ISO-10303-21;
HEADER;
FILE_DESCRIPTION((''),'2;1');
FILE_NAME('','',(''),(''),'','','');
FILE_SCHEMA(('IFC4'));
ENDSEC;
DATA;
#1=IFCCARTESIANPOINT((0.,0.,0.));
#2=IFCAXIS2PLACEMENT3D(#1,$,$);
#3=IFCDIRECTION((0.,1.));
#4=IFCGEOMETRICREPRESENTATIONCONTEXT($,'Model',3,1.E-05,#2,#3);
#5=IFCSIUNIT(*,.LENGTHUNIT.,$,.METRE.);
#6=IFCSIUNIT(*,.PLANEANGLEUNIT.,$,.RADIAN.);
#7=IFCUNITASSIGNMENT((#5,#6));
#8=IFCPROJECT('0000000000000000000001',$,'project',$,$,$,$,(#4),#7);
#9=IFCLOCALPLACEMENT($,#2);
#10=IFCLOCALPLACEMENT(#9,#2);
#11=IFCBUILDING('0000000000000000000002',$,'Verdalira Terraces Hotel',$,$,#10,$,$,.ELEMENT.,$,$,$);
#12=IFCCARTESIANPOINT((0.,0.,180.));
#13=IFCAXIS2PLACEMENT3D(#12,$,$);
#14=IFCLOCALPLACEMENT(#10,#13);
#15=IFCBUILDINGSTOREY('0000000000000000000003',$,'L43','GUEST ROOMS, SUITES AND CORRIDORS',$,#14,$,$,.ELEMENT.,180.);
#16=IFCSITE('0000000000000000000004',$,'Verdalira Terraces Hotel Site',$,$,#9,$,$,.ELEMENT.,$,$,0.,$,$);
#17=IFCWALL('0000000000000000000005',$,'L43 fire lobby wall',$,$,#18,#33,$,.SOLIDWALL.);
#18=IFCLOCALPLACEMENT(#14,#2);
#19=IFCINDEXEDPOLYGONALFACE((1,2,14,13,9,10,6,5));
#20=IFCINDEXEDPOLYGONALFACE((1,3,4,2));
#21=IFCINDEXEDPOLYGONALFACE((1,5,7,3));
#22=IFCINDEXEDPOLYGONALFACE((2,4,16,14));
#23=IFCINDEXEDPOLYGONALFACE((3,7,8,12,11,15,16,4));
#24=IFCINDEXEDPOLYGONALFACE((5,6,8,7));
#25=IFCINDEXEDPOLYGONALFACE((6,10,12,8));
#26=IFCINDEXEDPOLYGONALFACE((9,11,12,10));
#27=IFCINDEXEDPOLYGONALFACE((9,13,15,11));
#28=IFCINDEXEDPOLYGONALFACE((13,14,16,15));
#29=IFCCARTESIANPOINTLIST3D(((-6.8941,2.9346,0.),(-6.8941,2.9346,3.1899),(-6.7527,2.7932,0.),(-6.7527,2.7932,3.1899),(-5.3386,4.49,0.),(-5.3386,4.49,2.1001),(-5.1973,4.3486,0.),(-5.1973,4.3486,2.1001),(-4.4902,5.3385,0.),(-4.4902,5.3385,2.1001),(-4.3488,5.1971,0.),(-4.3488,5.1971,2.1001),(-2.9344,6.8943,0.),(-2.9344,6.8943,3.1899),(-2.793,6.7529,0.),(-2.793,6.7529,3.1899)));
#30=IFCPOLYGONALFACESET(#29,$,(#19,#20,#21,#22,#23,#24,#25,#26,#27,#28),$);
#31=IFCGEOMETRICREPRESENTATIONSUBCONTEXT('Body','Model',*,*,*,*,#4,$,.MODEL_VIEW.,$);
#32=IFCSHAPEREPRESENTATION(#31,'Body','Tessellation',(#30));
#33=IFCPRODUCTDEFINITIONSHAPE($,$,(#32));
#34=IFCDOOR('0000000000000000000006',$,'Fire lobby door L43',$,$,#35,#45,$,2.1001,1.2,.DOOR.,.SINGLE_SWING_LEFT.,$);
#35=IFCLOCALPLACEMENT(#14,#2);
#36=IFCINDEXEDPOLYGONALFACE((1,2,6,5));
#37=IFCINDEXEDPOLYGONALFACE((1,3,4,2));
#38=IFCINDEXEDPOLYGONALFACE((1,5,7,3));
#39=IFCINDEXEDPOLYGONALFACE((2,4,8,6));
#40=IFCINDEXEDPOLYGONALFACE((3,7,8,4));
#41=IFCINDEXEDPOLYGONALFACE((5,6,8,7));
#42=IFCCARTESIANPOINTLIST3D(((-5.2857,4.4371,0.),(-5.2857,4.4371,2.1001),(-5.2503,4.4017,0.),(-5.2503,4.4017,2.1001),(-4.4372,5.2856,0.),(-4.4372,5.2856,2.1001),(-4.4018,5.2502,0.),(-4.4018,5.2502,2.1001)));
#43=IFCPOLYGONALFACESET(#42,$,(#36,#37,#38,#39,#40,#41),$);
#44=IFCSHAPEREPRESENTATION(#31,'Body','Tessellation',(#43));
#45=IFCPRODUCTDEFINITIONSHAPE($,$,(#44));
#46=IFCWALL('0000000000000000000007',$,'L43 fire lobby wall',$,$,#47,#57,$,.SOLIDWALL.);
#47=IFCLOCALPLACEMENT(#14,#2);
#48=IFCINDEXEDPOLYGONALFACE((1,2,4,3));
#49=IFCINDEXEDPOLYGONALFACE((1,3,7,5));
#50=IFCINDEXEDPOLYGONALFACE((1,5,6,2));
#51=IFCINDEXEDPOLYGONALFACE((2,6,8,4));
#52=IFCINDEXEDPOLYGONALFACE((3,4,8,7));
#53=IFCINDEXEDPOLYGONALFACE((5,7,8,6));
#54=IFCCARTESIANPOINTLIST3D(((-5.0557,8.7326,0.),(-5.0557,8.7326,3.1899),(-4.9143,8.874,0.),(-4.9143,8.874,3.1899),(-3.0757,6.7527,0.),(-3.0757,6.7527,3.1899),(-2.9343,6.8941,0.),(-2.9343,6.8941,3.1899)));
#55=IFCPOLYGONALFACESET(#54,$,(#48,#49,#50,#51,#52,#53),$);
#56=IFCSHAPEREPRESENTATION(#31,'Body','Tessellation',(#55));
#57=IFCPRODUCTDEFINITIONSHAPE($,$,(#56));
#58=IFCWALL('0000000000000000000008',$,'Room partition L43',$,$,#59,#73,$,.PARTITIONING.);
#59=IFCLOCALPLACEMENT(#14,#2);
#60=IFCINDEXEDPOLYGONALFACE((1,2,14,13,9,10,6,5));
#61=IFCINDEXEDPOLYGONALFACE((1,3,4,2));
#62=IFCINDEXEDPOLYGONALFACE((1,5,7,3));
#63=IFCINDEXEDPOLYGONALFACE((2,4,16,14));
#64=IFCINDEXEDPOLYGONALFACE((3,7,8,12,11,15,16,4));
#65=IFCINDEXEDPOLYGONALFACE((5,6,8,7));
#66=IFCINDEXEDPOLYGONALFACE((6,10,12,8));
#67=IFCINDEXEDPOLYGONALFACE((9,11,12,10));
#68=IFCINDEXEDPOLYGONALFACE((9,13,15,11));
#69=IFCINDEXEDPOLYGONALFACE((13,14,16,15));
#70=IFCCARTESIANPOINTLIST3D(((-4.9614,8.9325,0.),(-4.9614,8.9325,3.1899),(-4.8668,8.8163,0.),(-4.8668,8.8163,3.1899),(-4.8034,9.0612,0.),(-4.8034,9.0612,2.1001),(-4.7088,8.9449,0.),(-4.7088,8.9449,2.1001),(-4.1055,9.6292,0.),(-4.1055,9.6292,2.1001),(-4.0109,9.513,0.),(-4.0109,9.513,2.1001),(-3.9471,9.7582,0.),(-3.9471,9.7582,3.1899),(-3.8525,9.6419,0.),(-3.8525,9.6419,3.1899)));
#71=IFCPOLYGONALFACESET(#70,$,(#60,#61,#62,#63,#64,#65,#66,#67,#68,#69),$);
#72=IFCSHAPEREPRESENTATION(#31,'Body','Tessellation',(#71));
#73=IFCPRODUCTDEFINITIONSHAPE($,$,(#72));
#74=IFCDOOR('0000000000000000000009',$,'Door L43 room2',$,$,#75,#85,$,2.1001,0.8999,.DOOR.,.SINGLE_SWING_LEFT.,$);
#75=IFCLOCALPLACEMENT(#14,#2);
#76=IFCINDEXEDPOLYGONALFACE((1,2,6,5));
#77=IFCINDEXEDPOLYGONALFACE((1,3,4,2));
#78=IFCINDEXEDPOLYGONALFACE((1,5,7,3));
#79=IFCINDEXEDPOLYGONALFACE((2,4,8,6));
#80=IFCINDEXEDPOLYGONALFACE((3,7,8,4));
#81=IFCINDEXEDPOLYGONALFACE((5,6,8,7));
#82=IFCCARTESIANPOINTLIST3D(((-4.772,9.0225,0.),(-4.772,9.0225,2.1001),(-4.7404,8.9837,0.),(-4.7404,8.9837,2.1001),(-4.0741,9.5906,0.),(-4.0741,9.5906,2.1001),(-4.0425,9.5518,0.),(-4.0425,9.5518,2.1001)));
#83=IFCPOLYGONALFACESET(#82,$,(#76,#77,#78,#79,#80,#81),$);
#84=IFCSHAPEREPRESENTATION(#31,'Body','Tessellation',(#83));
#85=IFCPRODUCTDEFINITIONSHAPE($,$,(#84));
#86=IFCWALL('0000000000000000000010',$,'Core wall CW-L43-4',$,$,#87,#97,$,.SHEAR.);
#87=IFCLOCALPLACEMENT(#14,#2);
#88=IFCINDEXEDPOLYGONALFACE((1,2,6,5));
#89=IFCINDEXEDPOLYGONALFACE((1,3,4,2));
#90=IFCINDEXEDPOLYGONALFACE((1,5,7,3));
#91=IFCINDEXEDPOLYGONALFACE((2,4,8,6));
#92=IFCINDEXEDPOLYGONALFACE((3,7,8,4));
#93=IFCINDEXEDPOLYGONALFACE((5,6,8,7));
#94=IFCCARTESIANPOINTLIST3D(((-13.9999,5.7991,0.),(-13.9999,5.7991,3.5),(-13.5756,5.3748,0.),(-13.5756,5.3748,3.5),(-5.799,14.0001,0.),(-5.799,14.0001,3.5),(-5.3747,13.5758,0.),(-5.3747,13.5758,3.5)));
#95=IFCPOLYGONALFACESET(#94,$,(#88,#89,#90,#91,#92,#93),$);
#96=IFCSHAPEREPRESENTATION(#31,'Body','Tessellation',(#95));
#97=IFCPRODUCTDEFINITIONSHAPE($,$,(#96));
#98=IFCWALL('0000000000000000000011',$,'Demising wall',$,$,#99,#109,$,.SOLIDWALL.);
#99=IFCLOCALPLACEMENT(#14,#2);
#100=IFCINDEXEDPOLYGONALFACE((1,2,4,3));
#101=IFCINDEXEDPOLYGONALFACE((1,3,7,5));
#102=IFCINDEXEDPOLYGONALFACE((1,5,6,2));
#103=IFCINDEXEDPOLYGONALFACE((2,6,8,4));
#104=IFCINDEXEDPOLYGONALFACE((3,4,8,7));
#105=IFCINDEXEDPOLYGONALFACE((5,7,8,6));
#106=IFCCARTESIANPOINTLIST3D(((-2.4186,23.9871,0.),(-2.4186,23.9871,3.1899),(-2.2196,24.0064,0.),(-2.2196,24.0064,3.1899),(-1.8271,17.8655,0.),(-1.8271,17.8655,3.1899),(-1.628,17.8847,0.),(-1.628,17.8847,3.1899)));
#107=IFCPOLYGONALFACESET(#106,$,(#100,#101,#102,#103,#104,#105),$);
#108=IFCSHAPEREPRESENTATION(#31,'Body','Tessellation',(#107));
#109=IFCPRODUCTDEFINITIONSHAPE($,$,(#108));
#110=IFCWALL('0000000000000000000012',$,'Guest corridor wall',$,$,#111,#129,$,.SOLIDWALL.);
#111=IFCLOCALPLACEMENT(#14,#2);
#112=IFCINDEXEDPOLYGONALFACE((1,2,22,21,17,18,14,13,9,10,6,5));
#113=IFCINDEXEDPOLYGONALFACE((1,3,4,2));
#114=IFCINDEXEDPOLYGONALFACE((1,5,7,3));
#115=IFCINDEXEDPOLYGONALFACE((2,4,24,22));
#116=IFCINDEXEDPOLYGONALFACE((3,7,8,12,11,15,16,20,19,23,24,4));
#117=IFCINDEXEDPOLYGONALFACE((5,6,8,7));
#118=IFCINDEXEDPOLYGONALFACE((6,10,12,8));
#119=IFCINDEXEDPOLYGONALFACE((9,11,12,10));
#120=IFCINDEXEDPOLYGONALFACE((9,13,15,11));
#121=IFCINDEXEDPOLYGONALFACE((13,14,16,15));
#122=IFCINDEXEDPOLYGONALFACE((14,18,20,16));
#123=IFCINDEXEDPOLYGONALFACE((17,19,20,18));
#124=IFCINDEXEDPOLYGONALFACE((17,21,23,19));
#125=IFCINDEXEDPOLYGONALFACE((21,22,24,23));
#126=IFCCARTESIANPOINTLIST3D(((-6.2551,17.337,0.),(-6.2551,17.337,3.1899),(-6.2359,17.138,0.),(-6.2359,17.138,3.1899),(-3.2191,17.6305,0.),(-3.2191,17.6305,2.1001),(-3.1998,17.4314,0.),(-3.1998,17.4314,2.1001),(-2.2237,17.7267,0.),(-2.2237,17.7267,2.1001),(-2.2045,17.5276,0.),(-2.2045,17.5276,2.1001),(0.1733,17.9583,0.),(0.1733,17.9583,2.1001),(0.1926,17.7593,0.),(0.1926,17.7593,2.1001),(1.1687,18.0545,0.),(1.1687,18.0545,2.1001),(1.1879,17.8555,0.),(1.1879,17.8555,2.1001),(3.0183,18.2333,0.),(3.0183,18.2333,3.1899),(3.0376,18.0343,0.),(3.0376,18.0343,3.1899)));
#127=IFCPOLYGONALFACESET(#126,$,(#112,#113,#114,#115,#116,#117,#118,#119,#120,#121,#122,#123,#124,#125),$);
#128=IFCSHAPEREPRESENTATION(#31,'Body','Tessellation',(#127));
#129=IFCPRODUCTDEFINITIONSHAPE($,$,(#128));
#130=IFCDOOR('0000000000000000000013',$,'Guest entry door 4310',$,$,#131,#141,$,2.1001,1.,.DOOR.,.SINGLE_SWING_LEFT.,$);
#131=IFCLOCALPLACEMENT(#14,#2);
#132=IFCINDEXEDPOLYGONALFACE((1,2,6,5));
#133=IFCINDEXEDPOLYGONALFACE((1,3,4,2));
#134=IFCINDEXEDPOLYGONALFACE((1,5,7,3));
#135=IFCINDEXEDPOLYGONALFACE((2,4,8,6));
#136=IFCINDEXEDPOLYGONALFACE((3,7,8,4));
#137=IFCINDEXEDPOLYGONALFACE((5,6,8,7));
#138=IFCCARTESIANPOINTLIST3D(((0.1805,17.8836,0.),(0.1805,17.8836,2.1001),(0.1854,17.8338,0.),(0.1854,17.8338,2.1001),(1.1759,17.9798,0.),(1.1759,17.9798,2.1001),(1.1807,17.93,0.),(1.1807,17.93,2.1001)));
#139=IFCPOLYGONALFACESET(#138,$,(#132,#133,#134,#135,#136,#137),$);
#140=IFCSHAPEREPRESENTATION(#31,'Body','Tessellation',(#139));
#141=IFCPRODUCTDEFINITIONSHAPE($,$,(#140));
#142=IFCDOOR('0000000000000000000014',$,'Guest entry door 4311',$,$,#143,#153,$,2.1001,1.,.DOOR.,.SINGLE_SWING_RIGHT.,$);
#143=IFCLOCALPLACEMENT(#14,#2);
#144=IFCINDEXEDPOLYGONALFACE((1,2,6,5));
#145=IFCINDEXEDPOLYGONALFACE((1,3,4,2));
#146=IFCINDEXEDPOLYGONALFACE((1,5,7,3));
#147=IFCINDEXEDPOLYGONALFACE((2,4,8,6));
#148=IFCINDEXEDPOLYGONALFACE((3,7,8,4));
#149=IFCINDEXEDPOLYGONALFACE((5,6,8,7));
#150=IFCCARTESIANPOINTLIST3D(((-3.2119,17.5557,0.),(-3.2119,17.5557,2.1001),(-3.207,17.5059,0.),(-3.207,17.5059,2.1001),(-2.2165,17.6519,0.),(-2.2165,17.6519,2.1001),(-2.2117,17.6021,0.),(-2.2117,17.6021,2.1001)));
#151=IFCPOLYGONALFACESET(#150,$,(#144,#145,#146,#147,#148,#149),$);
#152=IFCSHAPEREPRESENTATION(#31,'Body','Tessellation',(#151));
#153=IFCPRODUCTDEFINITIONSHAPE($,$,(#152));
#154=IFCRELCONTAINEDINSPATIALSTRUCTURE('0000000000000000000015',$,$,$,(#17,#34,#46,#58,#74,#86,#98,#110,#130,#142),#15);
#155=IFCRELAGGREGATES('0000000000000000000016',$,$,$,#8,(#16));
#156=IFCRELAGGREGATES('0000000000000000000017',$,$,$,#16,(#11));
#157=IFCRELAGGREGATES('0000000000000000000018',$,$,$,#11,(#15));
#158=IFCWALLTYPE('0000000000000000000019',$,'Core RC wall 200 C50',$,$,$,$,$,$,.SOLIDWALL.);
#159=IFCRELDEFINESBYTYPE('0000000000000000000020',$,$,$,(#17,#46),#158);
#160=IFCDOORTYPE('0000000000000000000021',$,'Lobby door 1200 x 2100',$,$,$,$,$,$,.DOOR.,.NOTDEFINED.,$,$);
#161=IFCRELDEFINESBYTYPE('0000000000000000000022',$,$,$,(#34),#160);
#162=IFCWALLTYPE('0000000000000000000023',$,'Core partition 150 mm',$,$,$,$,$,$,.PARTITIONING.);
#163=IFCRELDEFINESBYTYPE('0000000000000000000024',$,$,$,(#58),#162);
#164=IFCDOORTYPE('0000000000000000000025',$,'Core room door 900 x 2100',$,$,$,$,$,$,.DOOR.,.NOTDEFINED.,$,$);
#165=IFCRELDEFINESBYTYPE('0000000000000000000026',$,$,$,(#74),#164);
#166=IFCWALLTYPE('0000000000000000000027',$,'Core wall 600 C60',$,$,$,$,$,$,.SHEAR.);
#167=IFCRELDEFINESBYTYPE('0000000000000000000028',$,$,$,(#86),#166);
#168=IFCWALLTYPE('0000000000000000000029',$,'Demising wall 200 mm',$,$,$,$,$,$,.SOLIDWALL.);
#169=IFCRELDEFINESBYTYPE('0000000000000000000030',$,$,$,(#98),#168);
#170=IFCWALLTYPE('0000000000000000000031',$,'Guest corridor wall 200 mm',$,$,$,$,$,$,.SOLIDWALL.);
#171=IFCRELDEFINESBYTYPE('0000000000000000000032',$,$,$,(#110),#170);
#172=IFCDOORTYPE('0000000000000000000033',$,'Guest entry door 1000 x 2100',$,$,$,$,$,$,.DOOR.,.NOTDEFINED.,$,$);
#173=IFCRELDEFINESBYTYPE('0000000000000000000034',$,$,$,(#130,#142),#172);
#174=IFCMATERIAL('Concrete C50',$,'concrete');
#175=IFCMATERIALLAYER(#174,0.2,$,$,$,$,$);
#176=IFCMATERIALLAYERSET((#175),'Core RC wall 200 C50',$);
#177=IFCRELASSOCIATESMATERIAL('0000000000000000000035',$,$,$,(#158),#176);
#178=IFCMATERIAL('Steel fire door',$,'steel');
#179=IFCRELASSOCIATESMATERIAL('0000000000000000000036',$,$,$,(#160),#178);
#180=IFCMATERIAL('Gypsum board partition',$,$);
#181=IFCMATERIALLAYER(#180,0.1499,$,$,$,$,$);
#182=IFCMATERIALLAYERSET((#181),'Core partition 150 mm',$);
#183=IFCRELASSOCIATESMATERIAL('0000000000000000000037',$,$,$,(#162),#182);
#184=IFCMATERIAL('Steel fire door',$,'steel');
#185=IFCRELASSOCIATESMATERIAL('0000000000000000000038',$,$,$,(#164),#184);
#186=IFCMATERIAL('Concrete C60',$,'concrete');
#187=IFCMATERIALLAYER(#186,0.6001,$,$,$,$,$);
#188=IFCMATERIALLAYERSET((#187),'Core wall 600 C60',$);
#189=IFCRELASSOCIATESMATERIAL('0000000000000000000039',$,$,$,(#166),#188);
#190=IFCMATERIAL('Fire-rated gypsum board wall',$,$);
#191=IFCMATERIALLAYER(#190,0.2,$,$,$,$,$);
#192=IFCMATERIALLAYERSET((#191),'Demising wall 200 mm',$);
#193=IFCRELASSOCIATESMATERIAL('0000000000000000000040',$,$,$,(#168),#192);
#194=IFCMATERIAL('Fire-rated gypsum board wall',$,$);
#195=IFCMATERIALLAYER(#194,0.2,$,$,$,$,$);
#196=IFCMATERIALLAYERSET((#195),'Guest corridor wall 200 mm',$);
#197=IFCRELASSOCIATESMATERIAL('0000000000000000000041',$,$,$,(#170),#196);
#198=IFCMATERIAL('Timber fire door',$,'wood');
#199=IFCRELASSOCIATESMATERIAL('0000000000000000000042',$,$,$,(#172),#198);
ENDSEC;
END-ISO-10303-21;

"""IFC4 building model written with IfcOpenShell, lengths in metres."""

from ifc_helpers import new_model, si_unit, direction, frame, frame_2d, origin, place, context, subcontext, project, spatial, rectangle, extrude, material, layer, layer_set, type_object, element, fill, save


model = new_model("IFC4")

# Units and contexts
model_context = context("Model", 3, precision=1e-05, world=origin(), true_north=direction((0.0, 1.0)))
body_context = subcontext(model_context, "Body", "Model", "MODEL_VIEW")
ifc_project = project(units=[si_unit("LENGTHUNIT", "METRE"), si_unit("PLANEANGLEUNIT", "RADIAN")], contexts=[model_context])

# Site, building, storey
site_placement = place(None, origin())
site = spatial("IfcSite", under=ifc_project, at=site_placement, Name="Verdalira Terraces Hotel Site", CompositionType="ELEMENT", RefElevation=0.0)
building_placement = place(site_placement, origin())
building = spatial("IfcBuilding", under=site, at=building_placement, Name="Verdalira Terraces Hotel", CompositionType="ELEMENT")
storey_placement = place(building_placement, frame((0.0, 0.0, 180.0)))
storey = spatial("IfcBuildingStorey", under=building, at=storey_placement, Name="L43", Description="GUEST ROOMS, SUITES AND CORRIDORS", CompositionType="ELEMENT", Elevation=180.0)

# Shared definitions
ifc_material_1 = material(Name="Concrete C50", Category="concrete")
ifc_layer_1 = layer(ifc_material_1, 0.2)
ifc_layer_set_1 = layer_set([ifc_layer_1], Name="Core RC wall 200 C50")
wall_type_1 = type_object("IfcWallType", Name="Core RC wall 200 C50", PredefinedType="SOLIDWALL", material=ifc_layer_set_1)

# Wall, opening, door
wall_1_placement = place(storey_placement, frame((-2.8638, 6.8235, 0.0), z_axis=(0.0, 0.0, 1.0), x_axis=(-0.707107, -0.707107, 0.0)))
wall_1 = element("IfcWall", 1, at=wall_1_placement, inside=storey, type_object=wall_type_1, Name="L43 fire lobby wall", PredefinedType="SOLIDWALL", context=body_context, shape_type="SweptSolid", body=[
    extrude(rectangle(XDim=5.5999, YDim=0.2, at=frame_2d((2.7998, 0.0))), origin(), (0.0, 0.0, 1.0), 3.1899),
])
opening_1_placement = place(wall_1_placement, frame((2.2, 0.0, 0.0)))
opening_1 = element("IfcOpeningElement", 2, at=opening_1_placement, cuts=wall_1, PredefinedType="OPENING", context=body_context, shape_type="SweptSolid", body=[
    extrude(rectangle(XDim=1.2, YDim=2.1001, at=frame_2d((0.6001, 1.05))), frame((0.0, 0.1099, 0.0), z_axis=(0.0, -1.0, 0.0), x_axis=(1.0, 0.0, 0.0)), (0.0, 0.0, 1.0), 0.22),
])
ifc_material_2 = material(Name="Steel fire door", Category="steel")
door_type_1 = type_object("IfcDoorType", Name="Lobby door 1200 x 2100", OperationType="NOTDEFINED", PredefinedType="DOOR", material=ifc_material_2)
door_1_placement = place(opening_1_placement, origin())
door_1 = element("IfcDoor", 3, at=door_1_placement, inside=storey, type_object=door_type_1, Name="Fire lobby door L43", OperationType="SINGLE_SWING_LEFT", OverallHeight=2.1001, OverallWidth=1.2, PredefinedType="DOOR", context=body_context, shape_type="SweptSolid", body=[
    extrude(rectangle(XDim=1.2, YDim=2.1001, at=frame_2d((0.6001, 1.05))), frame((0.0, 0.0249, 0.0), z_axis=(0.0, -1.0, 0.0), x_axis=(1.0, 0.0, 0.0)), (0.0, 0.0, 1.0), 0.05),
])
fill(opening_1, door_1)

# Wall
wall_2_placement = place(storey_placement, frame((-3.0051, 6.8235, 0.0), z_axis=(0.0, 0.0, 1.0), x_axis=(-0.707107, 0.707107, 0.0)))
element("IfcWall", 4, at=wall_2_placement, inside=storey, type_object=wall_type_1, Name="L43 fire lobby wall", PredefinedType="SOLIDWALL", context=body_context, shape_type="SweptSolid", body=[
    extrude(rectangle(XDim=2.8, YDim=0.2, at=frame_2d((1.3999, 0.0))), origin(), (0.0, 0.0, 1.0), 3.1899),
])

# Wall, opening, door
ifc_material_3 = material(Name="Gypsum board partition")
ifc_layer_2 = layer(ifc_material_3, 0.1499)
ifc_layer_set_2 = layer_set([ifc_layer_2], Name="Core partition 150 mm")
wall_type_2 = type_object("IfcWallType", Name="Core partition 150 mm", PredefinedType="PARTITIONING", material=ifc_layer_set_2)
wall_3_placement = place(storey_placement, frame((-3.8999, 9.7, 0.0), z_axis=(0.0, 0.0, 1.0), x_axis=(-0.77556, -0.631274, 0.0)))
wall_3 = element("IfcWall", 5, at=wall_3_placement, inside=storey, type_object=wall_type_2, Name="Room partition L43", PredefinedType="PARTITIONING", context=body_context, shape_type="SweptSolid", body=[
    extrude(rectangle(XDim=1.3079, YDim=0.1499, at=frame_2d((0.6538, 0.0))), origin(), (0.0, 0.0, 1.0), 3.1899),
])
opening_2_placement = place(wall_3_placement, frame((0.2041, 0.0, 0.0)))
opening_2 = element("IfcOpeningElement", 6, at=opening_2_placement, cuts=wall_3, PredefinedType="OPENING", context=body_context, shape_type="SweptSolid", body=[
    extrude(rectangle(XDim=0.8999, YDim=2.1001, at=frame_2d((0.45, 1.05))), frame((0.0, 0.085, 0.0), z_axis=(0.0, -1.0, 0.0), x_axis=(1.0, 0.0, 0.0)), (0.0, 0.0, 1.0), 0.1699),
])
ifc_material_4 = material(Name="Steel fire door", Category="steel")
door_type_2 = type_object("IfcDoorType", Name="Core room door 900 x 2100", OperationType="NOTDEFINED", PredefinedType="DOOR", material=ifc_material_4)
door_2_placement = place(opening_2_placement, origin())
door_2 = element("IfcDoor", 7, at=door_2_placement, inside=storey, type_object=door_type_2, Name="Door L43 room2", OperationType="SINGLE_SWING_LEFT", OverallHeight=2.1001, OverallWidth=0.8999, PredefinedType="DOOR", context=body_context, shape_type="SweptSolid", body=[
    extrude(rectangle(XDim=0.8999, YDim=2.1001, at=frame_2d((0.45, 1.05))), frame((0.0, 0.0249, 0.0), z_axis=(0.0, -1.0, 0.0), x_axis=(1.0, 0.0, 0.0)), (0.0, 0.0, 1.0), 0.05),
])
fill(opening_2, door_2)

# Walls
ifc_material_5 = material(Name="Concrete C60", Category="concrete")
ifc_layer_3 = layer(ifc_material_5, 0.6001)
ifc_layer_set_3 = layer_set([ifc_layer_3], Name="Core wall 600 C60")
wall_type_3 = type_object("IfcWallType", Name="Core wall 600 C60", PredefinedType="SHEAR", material=ifc_layer_set_3)
wall_4_placement = place(storey_placement, frame((-5.5869, 13.7878, 0.0), z_axis=(0.0, 0.0, 1.0), x_axis=(-0.707107, -0.707107, 0.0)))
element("IfcWall", 8, at=wall_4_placement, inside=storey, type_object=wall_type_3, Name="Core wall CW-L43-4", PredefinedType="SHEAR", context=body_context, shape_type="SweptSolid", body=[
    extrude(rectangle(XDim=11.5979, YDim=0.6001, at=frame_2d((5.7988, 0.0))), origin(), (0.0, 0.0, 1.0), 3.5),
])
ifc_material_6 = material(Name="Fire-rated gypsum board wall")
ifc_layer_4 = layer(ifc_material_6, 0.2)
ifc_layer_set_4 = layer_set([ifc_layer_4], Name="Demising wall 200 mm")
wall_type_4 = type_object("IfcWallType", Name="Demising wall 200 mm", PredefinedType="SOLIDWALL", material=ifc_layer_set_4)
wall_5_placement = place(storey_placement, frame((-1.7275, 17.875, 0.0), z_axis=(0.0, 0.0, 1.0), x_axis=(-0.096186, 0.995363, 0.0)))
element("IfcWall", 9, at=wall_5_placement, inside=storey, type_object=wall_type_4, Name="Demising wall", PredefinedType="SOLIDWALL", context=body_context, shape_type="SweptSolid", body=[
    extrude(rectangle(XDim=6.1501, YDim=0.2, at=frame_2d((3.0752, 0.0))), origin(), (0.0, 0.0, 1.0), 3.1899),
])

# Wall, openings, doors
ifc_material_7 = material(Name="Fire-rated gypsum board wall")
ifc_layer_5 = layer(ifc_material_7, 0.2)
ifc_layer_set_5 = layer_set([ifc_layer_5], Name="Guest corridor wall 200 mm")
wall_type_5 = type_object("IfcWallType", Name="Guest corridor wall 200 mm", PredefinedType="SOLIDWALL", material=ifc_layer_set_5)
wall_6_placement = place(storey_placement, frame((-6.2454, 17.2375, 0.0), z_axis=(0.0, 0.0, 1.0), x_axis=(0.995362, 0.096198, 0.0)))
wall_6 = element("IfcWall", 10, at=wall_6_placement, inside=storey, type_object=wall_type_5, Name="Guest corridor wall", PredefinedType="SOLIDWALL", context=body_context, shape_type="SweptSolid", body=[
    extrude(rectangle(XDim=9.3166, YDim=0.2, at=frame_2d((4.6582, 0.0))), origin(), (0.0, 0.0, 1.0), 3.1899),
])
opening_3_placement = place(wall_6_placement, frame((6.4583, 0.0, 0.0)))
opening_3 = element("IfcOpeningElement", 11, at=opening_3_placement, cuts=wall_6, PredefinedType="OPENING", context=body_context, shape_type="SweptSolid", body=[
    extrude(rectangle(XDim=1.0, YDim=2.1001, at=frame_2d((0.5, 1.05))), frame((0.0, 0.1099, 0.0), z_axis=(0.0, -1.0, 0.0), x_axis=(1.0, 0.0, 0.0)), (0.0, 0.0, 1.0), 0.22),
])
opening_4_placement = place(wall_6_placement, frame((3.05, 0.0, 0.0)))
opening_4 = element("IfcOpeningElement", 12, at=opening_4_placement, cuts=wall_6, PredefinedType="OPENING", context=body_context, shape_type="SweptSolid", body=[
    extrude(rectangle(XDim=1.0, YDim=2.1001, at=frame_2d((0.5, 1.05))), frame((0.0, 0.1099, 0.0), z_axis=(0.0, -1.0, 0.0), x_axis=(1.0, 0.0, 0.0)), (0.0, 0.0, 1.0), 0.22),
])
ifc_material_8 = material(Name="Timber fire door", Category="wood")
door_type_3 = type_object("IfcDoorType", Name="Guest entry door 1000 x 2100", OperationType="NOTDEFINED", PredefinedType="DOOR", material=ifc_material_8)
door_3_placement = place(opening_3_placement, origin())
door_3 = element("IfcDoor", 13, at=door_3_placement, inside=storey, type_object=door_type_3, Name="Guest entry door 4310", OperationType="SINGLE_SWING_LEFT", OverallHeight=2.1001, OverallWidth=1.0, PredefinedType="DOOR", context=body_context, shape_type="SweptSolid", body=[
    extrude(rectangle(XDim=1.0, YDim=2.1001, at=frame_2d((0.5, 1.05))), frame((0.0, 0.0249, 0.0), z_axis=(0.0, -1.0, 0.0), x_axis=(1.0, 0.0, 0.0)), (0.0, 0.0, 1.0), 0.05),
])
fill(opening_3, door_3)
door_4_placement = place(opening_4_placement, origin())
door_4 = element("IfcDoor", 14, at=door_4_placement, inside=storey, type_object=door_type_3, Name="Guest entry door 4311", OperationType="SINGLE_SWING_RIGHT", OverallHeight=2.1001, OverallWidth=1.0, PredefinedType="DOOR", context=body_context, shape_type="SweptSolid", body=[
    extrude(rectangle(XDim=1.0, YDim=2.1001, at=frame_2d((0.5, 1.05))), frame((0.0, 0.0249, 0.0), z_axis=(0.0, -1.0, 0.0), x_axis=(1.0, 0.0, 0.0)), (0.0, 0.0, 1.0), 0.05),
])
fill(opening_4, door_4)

save(model, "model.ifc")
